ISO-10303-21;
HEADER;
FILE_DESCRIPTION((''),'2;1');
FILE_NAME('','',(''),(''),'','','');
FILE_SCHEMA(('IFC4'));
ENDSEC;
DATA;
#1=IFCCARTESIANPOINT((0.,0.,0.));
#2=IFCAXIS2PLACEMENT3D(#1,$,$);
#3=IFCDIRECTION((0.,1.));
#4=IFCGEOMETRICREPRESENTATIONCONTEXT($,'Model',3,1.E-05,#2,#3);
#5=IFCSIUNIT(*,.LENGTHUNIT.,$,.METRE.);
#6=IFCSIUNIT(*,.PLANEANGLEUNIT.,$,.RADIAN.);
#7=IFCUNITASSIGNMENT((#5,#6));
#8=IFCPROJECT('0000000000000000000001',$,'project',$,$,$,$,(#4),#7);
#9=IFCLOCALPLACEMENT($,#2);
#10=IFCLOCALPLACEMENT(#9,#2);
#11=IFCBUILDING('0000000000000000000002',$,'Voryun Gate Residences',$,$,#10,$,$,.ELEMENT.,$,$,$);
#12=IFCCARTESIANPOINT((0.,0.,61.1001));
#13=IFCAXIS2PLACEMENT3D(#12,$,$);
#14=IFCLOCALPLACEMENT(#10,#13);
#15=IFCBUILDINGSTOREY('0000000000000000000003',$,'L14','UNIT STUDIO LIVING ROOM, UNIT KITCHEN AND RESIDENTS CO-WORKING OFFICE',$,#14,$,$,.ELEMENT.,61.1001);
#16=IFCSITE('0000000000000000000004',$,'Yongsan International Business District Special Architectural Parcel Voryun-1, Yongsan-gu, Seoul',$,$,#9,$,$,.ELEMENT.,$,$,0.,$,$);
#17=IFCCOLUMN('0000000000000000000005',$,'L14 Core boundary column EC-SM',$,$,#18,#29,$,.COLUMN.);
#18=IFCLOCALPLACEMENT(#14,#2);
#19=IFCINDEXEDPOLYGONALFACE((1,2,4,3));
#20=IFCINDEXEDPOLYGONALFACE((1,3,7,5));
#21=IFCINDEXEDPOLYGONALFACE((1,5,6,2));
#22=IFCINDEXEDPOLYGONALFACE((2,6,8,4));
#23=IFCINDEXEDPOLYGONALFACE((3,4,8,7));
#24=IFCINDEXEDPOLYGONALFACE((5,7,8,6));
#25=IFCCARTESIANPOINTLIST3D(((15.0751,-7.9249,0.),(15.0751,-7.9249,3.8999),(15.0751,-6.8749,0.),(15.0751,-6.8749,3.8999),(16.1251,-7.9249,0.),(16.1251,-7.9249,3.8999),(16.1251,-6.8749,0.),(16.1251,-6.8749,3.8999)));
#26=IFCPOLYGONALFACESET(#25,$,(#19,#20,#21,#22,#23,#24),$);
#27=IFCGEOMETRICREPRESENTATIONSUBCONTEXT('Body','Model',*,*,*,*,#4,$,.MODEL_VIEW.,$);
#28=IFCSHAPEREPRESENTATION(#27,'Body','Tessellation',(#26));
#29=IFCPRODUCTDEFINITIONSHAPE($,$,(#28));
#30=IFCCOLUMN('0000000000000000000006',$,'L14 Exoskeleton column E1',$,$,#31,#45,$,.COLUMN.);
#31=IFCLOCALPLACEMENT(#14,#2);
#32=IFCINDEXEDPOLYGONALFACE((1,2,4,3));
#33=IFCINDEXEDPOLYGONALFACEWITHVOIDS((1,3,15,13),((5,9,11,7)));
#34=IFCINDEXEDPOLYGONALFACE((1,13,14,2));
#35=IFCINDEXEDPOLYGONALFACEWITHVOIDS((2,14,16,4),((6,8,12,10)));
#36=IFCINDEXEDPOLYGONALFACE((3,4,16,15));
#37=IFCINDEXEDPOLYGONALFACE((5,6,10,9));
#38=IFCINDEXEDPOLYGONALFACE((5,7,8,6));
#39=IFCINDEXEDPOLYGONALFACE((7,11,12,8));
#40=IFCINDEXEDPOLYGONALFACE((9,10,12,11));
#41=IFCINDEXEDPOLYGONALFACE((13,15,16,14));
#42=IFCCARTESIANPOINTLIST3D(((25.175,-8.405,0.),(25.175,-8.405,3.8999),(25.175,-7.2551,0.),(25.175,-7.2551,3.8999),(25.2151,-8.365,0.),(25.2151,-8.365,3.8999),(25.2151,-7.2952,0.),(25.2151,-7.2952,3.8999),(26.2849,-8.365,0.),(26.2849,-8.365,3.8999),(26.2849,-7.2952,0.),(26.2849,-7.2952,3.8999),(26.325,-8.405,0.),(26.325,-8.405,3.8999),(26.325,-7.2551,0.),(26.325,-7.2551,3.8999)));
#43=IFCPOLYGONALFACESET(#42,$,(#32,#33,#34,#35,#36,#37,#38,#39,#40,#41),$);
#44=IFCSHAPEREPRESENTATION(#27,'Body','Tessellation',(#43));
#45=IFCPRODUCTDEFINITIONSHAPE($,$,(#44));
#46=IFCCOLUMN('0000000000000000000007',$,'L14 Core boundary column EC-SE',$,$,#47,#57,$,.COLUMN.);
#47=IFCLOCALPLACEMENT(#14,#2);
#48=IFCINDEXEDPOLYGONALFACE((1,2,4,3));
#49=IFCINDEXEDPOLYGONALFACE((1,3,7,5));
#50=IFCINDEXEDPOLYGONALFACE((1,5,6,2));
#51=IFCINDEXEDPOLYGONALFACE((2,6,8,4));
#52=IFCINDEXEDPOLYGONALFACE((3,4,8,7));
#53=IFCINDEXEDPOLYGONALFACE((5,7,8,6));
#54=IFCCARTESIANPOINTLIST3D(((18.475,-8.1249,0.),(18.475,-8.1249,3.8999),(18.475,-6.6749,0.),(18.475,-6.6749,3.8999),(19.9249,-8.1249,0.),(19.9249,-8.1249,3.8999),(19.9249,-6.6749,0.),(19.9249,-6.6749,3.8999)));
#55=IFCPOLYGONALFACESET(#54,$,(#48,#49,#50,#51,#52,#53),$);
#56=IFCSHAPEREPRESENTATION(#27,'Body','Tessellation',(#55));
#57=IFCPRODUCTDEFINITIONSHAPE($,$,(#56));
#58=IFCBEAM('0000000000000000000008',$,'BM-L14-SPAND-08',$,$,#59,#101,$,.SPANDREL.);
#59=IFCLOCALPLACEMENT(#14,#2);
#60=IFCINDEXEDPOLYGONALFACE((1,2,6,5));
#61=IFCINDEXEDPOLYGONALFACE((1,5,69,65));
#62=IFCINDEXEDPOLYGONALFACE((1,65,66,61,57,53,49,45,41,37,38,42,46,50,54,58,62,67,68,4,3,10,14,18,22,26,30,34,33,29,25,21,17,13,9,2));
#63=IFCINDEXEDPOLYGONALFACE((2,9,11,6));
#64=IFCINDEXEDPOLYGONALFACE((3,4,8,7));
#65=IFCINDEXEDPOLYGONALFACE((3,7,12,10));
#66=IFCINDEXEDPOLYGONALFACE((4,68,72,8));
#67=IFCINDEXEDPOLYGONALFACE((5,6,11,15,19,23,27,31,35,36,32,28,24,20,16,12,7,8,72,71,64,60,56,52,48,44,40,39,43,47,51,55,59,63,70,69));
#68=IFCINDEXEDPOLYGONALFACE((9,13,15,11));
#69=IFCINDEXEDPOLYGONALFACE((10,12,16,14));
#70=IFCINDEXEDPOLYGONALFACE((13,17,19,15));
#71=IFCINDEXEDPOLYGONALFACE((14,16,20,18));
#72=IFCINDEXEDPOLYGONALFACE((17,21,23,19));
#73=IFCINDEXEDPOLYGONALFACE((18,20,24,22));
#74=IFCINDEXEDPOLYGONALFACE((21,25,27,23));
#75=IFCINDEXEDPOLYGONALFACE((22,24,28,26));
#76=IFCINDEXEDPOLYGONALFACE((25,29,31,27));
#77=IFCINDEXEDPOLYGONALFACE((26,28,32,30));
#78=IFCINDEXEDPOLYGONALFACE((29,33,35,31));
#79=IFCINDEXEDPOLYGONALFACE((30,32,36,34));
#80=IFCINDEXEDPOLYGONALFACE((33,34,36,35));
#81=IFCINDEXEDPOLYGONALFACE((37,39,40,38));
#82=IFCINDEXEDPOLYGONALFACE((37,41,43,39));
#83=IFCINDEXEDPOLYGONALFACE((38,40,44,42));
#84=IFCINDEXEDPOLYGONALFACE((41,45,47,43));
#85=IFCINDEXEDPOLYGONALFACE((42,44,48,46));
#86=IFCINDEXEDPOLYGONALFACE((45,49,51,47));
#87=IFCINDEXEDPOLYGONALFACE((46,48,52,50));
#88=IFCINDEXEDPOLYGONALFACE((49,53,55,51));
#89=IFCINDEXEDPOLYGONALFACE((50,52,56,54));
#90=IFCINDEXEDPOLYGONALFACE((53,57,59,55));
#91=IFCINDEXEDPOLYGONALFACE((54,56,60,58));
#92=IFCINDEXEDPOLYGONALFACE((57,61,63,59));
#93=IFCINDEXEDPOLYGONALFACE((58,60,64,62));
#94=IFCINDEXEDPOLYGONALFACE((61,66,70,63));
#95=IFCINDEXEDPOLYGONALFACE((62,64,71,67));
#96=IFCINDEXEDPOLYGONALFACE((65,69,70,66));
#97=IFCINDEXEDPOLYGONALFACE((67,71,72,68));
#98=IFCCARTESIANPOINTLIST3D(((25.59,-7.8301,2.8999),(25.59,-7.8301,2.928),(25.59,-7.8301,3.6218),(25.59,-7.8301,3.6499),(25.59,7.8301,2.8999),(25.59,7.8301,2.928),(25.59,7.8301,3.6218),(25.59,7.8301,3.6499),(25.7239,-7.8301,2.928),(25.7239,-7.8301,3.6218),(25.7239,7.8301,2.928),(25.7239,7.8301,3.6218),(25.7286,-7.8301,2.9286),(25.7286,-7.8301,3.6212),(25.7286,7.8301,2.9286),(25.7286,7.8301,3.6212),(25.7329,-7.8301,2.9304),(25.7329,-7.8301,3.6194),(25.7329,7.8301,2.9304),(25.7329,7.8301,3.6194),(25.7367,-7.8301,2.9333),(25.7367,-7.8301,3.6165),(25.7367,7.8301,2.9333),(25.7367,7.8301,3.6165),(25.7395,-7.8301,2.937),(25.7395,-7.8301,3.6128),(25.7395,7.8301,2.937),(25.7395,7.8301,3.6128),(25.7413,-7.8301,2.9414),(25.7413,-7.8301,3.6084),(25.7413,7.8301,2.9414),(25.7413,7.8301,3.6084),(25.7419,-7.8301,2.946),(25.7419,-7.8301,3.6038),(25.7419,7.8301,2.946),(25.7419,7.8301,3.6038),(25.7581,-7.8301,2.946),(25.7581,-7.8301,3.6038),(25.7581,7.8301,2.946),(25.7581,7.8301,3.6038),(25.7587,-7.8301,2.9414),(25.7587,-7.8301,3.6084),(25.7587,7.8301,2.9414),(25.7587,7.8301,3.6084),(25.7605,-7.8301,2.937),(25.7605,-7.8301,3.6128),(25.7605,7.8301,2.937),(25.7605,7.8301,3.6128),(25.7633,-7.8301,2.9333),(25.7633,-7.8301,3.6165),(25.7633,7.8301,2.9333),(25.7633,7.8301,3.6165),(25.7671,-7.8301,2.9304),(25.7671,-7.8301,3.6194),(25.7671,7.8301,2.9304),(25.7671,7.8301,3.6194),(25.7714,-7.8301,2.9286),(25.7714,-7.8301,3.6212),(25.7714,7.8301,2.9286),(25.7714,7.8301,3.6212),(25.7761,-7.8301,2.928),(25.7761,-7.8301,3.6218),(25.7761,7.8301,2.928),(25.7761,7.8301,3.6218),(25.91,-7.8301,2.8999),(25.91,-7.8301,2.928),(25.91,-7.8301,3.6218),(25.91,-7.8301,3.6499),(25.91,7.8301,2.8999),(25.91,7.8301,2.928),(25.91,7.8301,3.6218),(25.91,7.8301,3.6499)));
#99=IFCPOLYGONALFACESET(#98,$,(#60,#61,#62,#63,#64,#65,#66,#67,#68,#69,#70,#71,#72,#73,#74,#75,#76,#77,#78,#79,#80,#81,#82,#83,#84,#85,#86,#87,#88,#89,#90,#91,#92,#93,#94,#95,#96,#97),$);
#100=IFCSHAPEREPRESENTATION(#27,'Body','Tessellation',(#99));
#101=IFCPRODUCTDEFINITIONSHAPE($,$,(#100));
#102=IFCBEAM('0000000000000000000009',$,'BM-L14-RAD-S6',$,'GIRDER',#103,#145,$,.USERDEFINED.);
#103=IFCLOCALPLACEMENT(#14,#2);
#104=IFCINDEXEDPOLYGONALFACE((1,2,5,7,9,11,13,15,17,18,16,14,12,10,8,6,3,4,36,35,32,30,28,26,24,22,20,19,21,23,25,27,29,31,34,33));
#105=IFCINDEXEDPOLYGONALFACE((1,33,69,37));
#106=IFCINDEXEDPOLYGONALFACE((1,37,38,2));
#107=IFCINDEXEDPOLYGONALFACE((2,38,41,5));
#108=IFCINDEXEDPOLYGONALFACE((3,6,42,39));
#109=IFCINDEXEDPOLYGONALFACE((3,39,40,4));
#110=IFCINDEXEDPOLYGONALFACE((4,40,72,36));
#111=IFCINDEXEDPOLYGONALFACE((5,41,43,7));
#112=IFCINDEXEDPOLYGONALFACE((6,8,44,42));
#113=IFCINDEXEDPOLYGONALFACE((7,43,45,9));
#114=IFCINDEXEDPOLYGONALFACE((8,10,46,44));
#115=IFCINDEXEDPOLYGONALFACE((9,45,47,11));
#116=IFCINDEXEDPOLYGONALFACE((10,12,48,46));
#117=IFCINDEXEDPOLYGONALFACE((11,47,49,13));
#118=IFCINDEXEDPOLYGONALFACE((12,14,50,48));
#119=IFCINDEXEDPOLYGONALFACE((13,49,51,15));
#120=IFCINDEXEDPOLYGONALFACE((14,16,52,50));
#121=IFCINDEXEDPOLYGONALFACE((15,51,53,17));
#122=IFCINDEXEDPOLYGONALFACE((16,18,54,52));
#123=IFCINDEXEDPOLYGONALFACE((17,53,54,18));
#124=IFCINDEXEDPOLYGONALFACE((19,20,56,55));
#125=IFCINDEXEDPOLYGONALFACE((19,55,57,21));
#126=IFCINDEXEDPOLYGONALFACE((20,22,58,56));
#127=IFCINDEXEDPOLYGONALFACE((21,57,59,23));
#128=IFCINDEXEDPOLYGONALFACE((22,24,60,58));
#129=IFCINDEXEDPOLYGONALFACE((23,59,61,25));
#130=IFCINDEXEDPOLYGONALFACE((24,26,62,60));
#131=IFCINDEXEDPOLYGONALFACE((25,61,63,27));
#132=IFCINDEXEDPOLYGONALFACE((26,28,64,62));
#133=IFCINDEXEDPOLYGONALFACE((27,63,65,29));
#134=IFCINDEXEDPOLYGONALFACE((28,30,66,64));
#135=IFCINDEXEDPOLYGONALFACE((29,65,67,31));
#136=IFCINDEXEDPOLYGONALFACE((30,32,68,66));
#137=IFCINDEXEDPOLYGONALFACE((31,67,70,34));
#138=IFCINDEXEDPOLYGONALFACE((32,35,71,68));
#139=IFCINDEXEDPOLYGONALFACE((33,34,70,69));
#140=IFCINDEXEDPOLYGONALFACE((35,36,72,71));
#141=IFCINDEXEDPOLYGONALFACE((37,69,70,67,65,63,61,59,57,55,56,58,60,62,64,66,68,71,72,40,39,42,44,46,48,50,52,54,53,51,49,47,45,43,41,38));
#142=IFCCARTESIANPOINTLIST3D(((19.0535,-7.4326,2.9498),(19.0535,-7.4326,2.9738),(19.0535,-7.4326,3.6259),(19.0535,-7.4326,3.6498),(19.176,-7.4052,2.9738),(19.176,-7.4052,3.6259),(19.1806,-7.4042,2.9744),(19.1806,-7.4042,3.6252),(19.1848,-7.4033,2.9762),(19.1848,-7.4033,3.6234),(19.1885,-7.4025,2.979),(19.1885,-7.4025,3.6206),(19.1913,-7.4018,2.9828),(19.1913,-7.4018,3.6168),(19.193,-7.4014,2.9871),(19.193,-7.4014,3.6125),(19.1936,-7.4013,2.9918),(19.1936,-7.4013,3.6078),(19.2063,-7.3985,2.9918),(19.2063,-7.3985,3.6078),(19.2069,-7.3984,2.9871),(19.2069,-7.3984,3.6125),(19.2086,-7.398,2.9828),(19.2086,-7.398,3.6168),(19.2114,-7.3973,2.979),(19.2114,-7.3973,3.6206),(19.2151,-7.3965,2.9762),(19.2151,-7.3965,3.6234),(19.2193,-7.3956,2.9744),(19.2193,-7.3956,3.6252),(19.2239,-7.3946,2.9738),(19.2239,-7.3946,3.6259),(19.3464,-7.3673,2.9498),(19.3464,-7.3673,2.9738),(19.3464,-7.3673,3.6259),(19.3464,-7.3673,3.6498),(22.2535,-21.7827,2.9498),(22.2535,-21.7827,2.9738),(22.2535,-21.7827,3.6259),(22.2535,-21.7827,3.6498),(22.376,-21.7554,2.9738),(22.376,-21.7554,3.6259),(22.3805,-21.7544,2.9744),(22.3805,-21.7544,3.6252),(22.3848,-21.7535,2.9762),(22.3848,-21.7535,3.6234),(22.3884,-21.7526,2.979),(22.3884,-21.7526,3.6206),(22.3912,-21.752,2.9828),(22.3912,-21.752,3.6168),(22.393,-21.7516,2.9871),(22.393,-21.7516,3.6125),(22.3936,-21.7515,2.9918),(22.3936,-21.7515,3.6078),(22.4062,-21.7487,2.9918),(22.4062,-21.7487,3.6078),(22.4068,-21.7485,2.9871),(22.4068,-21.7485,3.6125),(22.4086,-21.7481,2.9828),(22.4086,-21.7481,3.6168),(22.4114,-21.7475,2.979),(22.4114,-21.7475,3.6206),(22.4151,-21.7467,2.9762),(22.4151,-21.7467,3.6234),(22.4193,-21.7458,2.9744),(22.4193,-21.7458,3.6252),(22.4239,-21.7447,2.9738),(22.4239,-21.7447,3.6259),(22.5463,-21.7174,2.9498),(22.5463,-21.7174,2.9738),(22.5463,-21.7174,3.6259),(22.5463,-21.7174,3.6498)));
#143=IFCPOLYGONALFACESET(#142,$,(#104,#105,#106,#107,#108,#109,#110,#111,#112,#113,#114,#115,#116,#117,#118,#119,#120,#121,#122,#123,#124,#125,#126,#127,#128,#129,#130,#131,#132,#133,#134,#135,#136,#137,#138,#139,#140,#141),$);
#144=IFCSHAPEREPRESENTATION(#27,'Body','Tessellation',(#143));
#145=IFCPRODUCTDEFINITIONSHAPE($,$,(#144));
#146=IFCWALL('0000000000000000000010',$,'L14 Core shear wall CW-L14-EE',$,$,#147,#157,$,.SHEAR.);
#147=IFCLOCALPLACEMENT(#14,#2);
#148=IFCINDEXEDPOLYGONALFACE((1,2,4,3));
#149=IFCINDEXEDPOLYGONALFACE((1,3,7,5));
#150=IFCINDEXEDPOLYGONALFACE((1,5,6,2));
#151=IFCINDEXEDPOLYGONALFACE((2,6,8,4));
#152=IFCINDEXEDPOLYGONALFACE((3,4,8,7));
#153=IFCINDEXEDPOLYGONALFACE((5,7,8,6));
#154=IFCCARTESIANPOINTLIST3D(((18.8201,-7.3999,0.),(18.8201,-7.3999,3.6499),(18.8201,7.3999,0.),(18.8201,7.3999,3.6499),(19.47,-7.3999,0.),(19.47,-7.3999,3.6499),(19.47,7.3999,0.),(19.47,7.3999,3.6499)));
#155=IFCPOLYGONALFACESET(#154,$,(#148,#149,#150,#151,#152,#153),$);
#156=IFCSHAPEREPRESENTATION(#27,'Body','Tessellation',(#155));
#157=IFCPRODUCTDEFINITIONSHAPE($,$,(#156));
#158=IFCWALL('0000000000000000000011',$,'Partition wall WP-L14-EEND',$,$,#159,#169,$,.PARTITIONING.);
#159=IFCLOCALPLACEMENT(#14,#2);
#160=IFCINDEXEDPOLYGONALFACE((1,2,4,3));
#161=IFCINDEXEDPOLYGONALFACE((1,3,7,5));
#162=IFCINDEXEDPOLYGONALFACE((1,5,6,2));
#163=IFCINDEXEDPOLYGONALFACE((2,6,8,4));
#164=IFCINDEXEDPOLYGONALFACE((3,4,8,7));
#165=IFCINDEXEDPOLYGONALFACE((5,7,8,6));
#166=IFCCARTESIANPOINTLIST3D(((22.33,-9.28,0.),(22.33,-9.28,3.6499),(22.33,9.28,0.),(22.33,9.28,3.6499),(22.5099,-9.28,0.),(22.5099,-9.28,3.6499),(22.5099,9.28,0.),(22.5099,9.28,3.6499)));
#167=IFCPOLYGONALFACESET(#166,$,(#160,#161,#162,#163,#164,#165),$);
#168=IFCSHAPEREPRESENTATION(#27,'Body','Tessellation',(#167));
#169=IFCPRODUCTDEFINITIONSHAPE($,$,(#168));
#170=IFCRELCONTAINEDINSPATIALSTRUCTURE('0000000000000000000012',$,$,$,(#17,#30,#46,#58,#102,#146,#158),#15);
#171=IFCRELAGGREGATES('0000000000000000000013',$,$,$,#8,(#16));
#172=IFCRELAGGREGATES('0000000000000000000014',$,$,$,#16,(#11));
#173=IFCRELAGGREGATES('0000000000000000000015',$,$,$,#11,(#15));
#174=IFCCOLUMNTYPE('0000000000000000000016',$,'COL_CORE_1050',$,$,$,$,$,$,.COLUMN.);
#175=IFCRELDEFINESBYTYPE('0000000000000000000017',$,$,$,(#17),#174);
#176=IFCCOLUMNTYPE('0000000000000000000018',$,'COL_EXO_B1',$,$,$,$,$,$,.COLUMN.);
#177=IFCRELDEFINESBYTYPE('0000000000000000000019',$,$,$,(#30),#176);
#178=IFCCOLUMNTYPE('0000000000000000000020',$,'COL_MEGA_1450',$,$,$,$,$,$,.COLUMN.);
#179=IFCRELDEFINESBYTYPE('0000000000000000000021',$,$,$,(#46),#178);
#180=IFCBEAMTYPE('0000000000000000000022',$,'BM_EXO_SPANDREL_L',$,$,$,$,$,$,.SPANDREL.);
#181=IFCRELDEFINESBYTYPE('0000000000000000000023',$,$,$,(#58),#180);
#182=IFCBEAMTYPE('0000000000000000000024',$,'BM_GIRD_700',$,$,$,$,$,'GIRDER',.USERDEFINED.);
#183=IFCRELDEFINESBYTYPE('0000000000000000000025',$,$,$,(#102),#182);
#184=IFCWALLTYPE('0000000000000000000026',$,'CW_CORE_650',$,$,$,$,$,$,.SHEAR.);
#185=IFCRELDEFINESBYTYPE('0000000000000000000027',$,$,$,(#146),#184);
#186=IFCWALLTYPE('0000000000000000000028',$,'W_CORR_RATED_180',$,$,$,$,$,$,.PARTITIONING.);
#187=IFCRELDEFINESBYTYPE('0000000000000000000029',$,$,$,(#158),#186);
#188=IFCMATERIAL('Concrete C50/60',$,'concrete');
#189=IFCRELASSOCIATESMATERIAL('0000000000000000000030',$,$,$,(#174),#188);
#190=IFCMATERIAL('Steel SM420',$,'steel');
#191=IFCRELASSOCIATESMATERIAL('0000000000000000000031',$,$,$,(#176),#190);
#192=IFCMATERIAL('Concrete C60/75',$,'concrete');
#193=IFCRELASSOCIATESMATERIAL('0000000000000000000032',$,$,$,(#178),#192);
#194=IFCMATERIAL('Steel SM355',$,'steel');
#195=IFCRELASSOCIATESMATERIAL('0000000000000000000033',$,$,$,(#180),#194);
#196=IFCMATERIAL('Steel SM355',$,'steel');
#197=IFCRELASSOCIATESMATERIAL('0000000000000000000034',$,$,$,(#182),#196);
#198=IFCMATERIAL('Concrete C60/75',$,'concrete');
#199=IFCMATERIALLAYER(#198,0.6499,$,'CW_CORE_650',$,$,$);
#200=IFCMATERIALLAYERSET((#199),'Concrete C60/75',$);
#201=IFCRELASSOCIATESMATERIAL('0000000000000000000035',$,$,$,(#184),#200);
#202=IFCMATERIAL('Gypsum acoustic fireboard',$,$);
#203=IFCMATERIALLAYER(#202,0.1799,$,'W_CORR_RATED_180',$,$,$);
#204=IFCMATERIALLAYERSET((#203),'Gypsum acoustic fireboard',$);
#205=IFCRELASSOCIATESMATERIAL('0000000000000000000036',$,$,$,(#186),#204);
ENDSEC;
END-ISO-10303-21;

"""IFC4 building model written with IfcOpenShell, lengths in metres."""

from ifc_helpers import new_model, si_unit, direction, frame, frame_2d, origin, origin_2d, place, context, subcontext, project, spatial, rectangle, hollow_rectangle, i_section, extrude, material, layer, layer_set, material_profile, profile_set, type_object, element, save


model = new_model("IFC4")

# Units and contexts
model_context = context("Model", 3, precision=1e-05, world=origin(), true_north=direction((0.0, 1.0)))
body_context = subcontext(model_context, "Body", "Model", "MODEL_VIEW")
ifc_project = project(units=[si_unit("LENGTHUNIT", "METRE"), si_unit("PLANEANGLEUNIT", "RADIAN")], contexts=[model_context])

# Site, building, storey
site_placement = place(None, origin())
site = spatial("IfcSite", under=ifc_project, at=site_placement, Name="Yongsan International Business District Special Architectural Parcel Voryun-1, Yongsan-gu, Seoul", CompositionType="ELEMENT", RefElevation=0.0)
building_placement = place(site_placement, origin())
building = spatial("IfcBuilding", under=site, at=building_placement, Name="Voryun Gate Residences", CompositionType="ELEMENT")
storey_placement = place(building_placement, frame((0.0, 0.0, 61.1001)))
storey = spatial("IfcBuildingStorey", under=building, at=storey_placement, Name="L14", Description="UNIT STUDIO LIVING ROOM, UNIT KITCHEN AND RESIDENTS CO-WORKING OFFICE", CompositionType="ELEMENT", Elevation=61.1001)

# Columns
ifc_material_1 = material(Name="Concrete C50/60", Category="concrete")
ifc_material_profile_1 = material_profile(ifc_material_1, rectangle(XDim=1.05, YDim=1.05, at=origin_2d()), Name="RC-1050x1050")
ifc_profile_set_1 = profile_set([ifc_material_profile_1], Name="Concrete C50/60")
column_type_1 = type_object("IfcColumnType", Name="COL_CORE_1050", PredefinedType="COLUMN", material=ifc_profile_set_1)
column_1_placement = place(storey_placement, frame((15.6001, -7.3999, 0.0), z_axis=(0.0, 0.0, 1.0), x_axis=(1.0, 0.0, 0.0)))
element("IfcColumn", 1, at=column_1_placement, inside=storey, type_object=column_type_1, Name="L14 Core boundary column EC-SM", PredefinedType="COLUMN", context=body_context, shape_type="SweptSolid", body=[
    extrude(rectangle(XDim=1.05, YDim=1.05, at=origin_2d()), origin(), (0.0, 0.0, 1.0), 3.8999),
])
ifc_material_2 = material(Name="Steel SM420", Category="steel")
ifc_material_profile_2 = material_profile(ifc_material_2, hollow_rectangle(XDim=1.1499, YDim=1.1499, WallThickness=0.04, at=origin_2d()), Name="BOX-1150x1150x40")
ifc_profile_set_2 = profile_set([ifc_material_profile_2], Name="Steel SM420")
column_type_2 = type_object("IfcColumnType", Name="COL_EXO_B1", PredefinedType="COLUMN", material=ifc_profile_set_2)
column_2_placement = place(storey_placement, frame((25.75, -7.8301, 0.0), z_axis=(0.0, 0.0, 1.0), x_axis=(1.0, 0.0, 0.0)))
element("IfcColumn", 2, at=column_2_placement, inside=storey, type_object=column_type_2, Name="L14 Exoskeleton column E1", PredefinedType="COLUMN", context=body_context, shape_type="SweptSolid", body=[
    extrude(hollow_rectangle(XDim=1.1499, YDim=1.1499, WallThickness=0.04, at=origin_2d()), origin(), (0.0, 0.0, 1.0), 3.8999),
])
ifc_material_3 = material(Name="Concrete C60/75", Category="concrete")
ifc_material_profile_3 = material_profile(ifc_material_3, rectangle(XDim=1.45, YDim=1.45, at=origin_2d()), Name="RC-1450x1450")
ifc_profile_set_3 = profile_set([ifc_material_profile_3], Name="Concrete C60/75")
column_type_3 = type_object("IfcColumnType", Name="COL_MEGA_1450", PredefinedType="COLUMN", material=ifc_profile_set_3)
column_3_placement = place(storey_placement, frame((19.2, -7.3999, 0.0), z_axis=(0.0, 0.0, 1.0), x_axis=(1.0, 0.0, 0.0)))
element("IfcColumn", 3, at=column_3_placement, inside=storey, type_object=column_type_3, Name="L14 Core boundary column EC-SE", PredefinedType="COLUMN", context=body_context, shape_type="SweptSolid", body=[
    extrude(rectangle(XDim=1.45, YDim=1.45, at=origin_2d()), origin(), (0.0, 0.0, 1.0), 3.8999),
])

# Beams
ifc_material_4 = material(Name="Steel SM355", Category="steel")
ifc_material_profile_4 = material_profile(ifc_material_4, i_section(OverallWidth=0.3201, OverallDepth=0.75, WebThickness=0.0161, FlangeThickness=0.0281, FilletRadius=0.0181, at=origin_2d()), Name="H-750x320x16x28")
ifc_profile_set_4 = profile_set([ifc_material_profile_4], Name="Steel SM355")
beam_type_1 = type_object("IfcBeamType", Name="BM_EXO_SPANDREL_L", PredefinedType="SPANDREL", material=ifc_profile_set_4)
beam_1_placement = place(storey_placement, frame((25.75, -7.8301, 3.2749), z_axis=(0.0, 1.0, 0.0), x_axis=(-1.0, 0.0, 0.0)))
element("IfcBeam", 4, at=beam_1_placement, inside=storey, type_object=beam_type_1, Name="BM-L14-SPAND-08", PredefinedType="SPANDREL", context=body_context, shape_type="SweptSolid", body=[
    extrude(i_section(OverallWidth=0.3201, OverallDepth=0.75, WebThickness=0.0161, FlangeThickness=0.0281, FilletRadius=0.0181, at=origin_2d()), origin(), (0.0, 0.0, 1.0), 15.6602),
])
ifc_material_5 = material(Name="Steel SM355", Category="steel")
ifc_material_profile_5 = material_profile(ifc_material_5, i_section(OverallWidth=0.3, OverallDepth=0.7, WebThickness=0.0129, FlangeThickness=0.0239, FilletRadius=0.0181, at=origin_2d()), Name="H-700x300x13x24")
ifc_profile_set_5 = profile_set([ifc_material_profile_5], Name="Steel SM355")
beam_type_2 = type_object("IfcBeamType", Name="BM_GIRD_700", ElementType="GIRDER", PredefinedType="USERDEFINED", material=ifc_profile_set_5)
beam_2_placement = place(storey_placement, frame((19.2, -7.3999, 3.2998), z_axis=(0.217646, -0.976028, 0.0), x_axis=(0.976028, 0.217646, 0.0)))
element("IfcBeam", 5, at=beam_2_placement, inside=storey, type_object=beam_type_2, Name="BM-L14-RAD-S6", ObjectType="GIRDER", PredefinedType="USERDEFINED", context=body_context, shape_type="SweptSolid", body=[
    extrude(i_section(OverallWidth=0.3, OverallDepth=0.7, WebThickness=0.0129, FlangeThickness=0.0239, FilletRadius=0.0181, at=origin_2d()), origin(), (0.0, 0.0, 1.0), 14.7026),
])

# Walls
ifc_material_6 = material(Name="Concrete C60/75", Category="concrete")
ifc_layer_1 = layer(ifc_material_6, 0.6499, Name="CW_CORE_650")
ifc_layer_set_1 = layer_set([ifc_layer_1], Name="Concrete C60/75")
wall_type_1 = type_object("IfcWallType", Name="CW_CORE_650", PredefinedType="SHEAR", material=ifc_layer_set_1)
wall_1_placement = place(storey_placement, frame((19.145, -7.3999, 0.0), z_axis=(0.0, 0.0, 1.0), x_axis=(0.0, 1.0, 0.0)))
element("IfcWall", 6, at=wall_1_placement, inside=storey, type_object=wall_type_1, Name="L14 Core shear wall CW-L14-EE", PredefinedType="SHEAR", context=body_context, shape_type="SweptSolid", body=[
    extrude(rectangle(XDim=14.7998, YDim=0.6499, at=frame_2d((7.3999, 0.0))), origin(), (0.0, 0.0, 1.0), 3.6499),
])
ifc_material_7 = material(Name="Gypsum acoustic fireboard")
ifc_layer_2 = layer(ifc_material_7, 0.1799, Name="W_CORR_RATED_180")
ifc_layer_set_2 = layer_set([ifc_layer_2], Name="Gypsum acoustic fireboard")
wall_type_2 = type_object("IfcWallType", Name="W_CORR_RATED_180", PredefinedType="PARTITIONING", material=ifc_layer_set_2)
wall_2_placement = place(storey_placement, frame((22.4199, -9.28, 0.0), z_axis=(0.0, 0.0, 1.0), x_axis=(0.0, 1.0, 0.0)))
element("IfcWall", 7, at=wall_2_placement, inside=storey, type_object=wall_type_2, Name="Partition wall WP-L14-EEND", PredefinedType="PARTITIONING", context=body_context, shape_type="SweptSolid", body=[
    extrude(rectangle(XDim=18.5601, YDim=0.1799, at=frame_2d((9.28, 0.0))), origin(), (0.0, 0.0, 1.0), 3.6499),
])

save(model, "model.ifc")
